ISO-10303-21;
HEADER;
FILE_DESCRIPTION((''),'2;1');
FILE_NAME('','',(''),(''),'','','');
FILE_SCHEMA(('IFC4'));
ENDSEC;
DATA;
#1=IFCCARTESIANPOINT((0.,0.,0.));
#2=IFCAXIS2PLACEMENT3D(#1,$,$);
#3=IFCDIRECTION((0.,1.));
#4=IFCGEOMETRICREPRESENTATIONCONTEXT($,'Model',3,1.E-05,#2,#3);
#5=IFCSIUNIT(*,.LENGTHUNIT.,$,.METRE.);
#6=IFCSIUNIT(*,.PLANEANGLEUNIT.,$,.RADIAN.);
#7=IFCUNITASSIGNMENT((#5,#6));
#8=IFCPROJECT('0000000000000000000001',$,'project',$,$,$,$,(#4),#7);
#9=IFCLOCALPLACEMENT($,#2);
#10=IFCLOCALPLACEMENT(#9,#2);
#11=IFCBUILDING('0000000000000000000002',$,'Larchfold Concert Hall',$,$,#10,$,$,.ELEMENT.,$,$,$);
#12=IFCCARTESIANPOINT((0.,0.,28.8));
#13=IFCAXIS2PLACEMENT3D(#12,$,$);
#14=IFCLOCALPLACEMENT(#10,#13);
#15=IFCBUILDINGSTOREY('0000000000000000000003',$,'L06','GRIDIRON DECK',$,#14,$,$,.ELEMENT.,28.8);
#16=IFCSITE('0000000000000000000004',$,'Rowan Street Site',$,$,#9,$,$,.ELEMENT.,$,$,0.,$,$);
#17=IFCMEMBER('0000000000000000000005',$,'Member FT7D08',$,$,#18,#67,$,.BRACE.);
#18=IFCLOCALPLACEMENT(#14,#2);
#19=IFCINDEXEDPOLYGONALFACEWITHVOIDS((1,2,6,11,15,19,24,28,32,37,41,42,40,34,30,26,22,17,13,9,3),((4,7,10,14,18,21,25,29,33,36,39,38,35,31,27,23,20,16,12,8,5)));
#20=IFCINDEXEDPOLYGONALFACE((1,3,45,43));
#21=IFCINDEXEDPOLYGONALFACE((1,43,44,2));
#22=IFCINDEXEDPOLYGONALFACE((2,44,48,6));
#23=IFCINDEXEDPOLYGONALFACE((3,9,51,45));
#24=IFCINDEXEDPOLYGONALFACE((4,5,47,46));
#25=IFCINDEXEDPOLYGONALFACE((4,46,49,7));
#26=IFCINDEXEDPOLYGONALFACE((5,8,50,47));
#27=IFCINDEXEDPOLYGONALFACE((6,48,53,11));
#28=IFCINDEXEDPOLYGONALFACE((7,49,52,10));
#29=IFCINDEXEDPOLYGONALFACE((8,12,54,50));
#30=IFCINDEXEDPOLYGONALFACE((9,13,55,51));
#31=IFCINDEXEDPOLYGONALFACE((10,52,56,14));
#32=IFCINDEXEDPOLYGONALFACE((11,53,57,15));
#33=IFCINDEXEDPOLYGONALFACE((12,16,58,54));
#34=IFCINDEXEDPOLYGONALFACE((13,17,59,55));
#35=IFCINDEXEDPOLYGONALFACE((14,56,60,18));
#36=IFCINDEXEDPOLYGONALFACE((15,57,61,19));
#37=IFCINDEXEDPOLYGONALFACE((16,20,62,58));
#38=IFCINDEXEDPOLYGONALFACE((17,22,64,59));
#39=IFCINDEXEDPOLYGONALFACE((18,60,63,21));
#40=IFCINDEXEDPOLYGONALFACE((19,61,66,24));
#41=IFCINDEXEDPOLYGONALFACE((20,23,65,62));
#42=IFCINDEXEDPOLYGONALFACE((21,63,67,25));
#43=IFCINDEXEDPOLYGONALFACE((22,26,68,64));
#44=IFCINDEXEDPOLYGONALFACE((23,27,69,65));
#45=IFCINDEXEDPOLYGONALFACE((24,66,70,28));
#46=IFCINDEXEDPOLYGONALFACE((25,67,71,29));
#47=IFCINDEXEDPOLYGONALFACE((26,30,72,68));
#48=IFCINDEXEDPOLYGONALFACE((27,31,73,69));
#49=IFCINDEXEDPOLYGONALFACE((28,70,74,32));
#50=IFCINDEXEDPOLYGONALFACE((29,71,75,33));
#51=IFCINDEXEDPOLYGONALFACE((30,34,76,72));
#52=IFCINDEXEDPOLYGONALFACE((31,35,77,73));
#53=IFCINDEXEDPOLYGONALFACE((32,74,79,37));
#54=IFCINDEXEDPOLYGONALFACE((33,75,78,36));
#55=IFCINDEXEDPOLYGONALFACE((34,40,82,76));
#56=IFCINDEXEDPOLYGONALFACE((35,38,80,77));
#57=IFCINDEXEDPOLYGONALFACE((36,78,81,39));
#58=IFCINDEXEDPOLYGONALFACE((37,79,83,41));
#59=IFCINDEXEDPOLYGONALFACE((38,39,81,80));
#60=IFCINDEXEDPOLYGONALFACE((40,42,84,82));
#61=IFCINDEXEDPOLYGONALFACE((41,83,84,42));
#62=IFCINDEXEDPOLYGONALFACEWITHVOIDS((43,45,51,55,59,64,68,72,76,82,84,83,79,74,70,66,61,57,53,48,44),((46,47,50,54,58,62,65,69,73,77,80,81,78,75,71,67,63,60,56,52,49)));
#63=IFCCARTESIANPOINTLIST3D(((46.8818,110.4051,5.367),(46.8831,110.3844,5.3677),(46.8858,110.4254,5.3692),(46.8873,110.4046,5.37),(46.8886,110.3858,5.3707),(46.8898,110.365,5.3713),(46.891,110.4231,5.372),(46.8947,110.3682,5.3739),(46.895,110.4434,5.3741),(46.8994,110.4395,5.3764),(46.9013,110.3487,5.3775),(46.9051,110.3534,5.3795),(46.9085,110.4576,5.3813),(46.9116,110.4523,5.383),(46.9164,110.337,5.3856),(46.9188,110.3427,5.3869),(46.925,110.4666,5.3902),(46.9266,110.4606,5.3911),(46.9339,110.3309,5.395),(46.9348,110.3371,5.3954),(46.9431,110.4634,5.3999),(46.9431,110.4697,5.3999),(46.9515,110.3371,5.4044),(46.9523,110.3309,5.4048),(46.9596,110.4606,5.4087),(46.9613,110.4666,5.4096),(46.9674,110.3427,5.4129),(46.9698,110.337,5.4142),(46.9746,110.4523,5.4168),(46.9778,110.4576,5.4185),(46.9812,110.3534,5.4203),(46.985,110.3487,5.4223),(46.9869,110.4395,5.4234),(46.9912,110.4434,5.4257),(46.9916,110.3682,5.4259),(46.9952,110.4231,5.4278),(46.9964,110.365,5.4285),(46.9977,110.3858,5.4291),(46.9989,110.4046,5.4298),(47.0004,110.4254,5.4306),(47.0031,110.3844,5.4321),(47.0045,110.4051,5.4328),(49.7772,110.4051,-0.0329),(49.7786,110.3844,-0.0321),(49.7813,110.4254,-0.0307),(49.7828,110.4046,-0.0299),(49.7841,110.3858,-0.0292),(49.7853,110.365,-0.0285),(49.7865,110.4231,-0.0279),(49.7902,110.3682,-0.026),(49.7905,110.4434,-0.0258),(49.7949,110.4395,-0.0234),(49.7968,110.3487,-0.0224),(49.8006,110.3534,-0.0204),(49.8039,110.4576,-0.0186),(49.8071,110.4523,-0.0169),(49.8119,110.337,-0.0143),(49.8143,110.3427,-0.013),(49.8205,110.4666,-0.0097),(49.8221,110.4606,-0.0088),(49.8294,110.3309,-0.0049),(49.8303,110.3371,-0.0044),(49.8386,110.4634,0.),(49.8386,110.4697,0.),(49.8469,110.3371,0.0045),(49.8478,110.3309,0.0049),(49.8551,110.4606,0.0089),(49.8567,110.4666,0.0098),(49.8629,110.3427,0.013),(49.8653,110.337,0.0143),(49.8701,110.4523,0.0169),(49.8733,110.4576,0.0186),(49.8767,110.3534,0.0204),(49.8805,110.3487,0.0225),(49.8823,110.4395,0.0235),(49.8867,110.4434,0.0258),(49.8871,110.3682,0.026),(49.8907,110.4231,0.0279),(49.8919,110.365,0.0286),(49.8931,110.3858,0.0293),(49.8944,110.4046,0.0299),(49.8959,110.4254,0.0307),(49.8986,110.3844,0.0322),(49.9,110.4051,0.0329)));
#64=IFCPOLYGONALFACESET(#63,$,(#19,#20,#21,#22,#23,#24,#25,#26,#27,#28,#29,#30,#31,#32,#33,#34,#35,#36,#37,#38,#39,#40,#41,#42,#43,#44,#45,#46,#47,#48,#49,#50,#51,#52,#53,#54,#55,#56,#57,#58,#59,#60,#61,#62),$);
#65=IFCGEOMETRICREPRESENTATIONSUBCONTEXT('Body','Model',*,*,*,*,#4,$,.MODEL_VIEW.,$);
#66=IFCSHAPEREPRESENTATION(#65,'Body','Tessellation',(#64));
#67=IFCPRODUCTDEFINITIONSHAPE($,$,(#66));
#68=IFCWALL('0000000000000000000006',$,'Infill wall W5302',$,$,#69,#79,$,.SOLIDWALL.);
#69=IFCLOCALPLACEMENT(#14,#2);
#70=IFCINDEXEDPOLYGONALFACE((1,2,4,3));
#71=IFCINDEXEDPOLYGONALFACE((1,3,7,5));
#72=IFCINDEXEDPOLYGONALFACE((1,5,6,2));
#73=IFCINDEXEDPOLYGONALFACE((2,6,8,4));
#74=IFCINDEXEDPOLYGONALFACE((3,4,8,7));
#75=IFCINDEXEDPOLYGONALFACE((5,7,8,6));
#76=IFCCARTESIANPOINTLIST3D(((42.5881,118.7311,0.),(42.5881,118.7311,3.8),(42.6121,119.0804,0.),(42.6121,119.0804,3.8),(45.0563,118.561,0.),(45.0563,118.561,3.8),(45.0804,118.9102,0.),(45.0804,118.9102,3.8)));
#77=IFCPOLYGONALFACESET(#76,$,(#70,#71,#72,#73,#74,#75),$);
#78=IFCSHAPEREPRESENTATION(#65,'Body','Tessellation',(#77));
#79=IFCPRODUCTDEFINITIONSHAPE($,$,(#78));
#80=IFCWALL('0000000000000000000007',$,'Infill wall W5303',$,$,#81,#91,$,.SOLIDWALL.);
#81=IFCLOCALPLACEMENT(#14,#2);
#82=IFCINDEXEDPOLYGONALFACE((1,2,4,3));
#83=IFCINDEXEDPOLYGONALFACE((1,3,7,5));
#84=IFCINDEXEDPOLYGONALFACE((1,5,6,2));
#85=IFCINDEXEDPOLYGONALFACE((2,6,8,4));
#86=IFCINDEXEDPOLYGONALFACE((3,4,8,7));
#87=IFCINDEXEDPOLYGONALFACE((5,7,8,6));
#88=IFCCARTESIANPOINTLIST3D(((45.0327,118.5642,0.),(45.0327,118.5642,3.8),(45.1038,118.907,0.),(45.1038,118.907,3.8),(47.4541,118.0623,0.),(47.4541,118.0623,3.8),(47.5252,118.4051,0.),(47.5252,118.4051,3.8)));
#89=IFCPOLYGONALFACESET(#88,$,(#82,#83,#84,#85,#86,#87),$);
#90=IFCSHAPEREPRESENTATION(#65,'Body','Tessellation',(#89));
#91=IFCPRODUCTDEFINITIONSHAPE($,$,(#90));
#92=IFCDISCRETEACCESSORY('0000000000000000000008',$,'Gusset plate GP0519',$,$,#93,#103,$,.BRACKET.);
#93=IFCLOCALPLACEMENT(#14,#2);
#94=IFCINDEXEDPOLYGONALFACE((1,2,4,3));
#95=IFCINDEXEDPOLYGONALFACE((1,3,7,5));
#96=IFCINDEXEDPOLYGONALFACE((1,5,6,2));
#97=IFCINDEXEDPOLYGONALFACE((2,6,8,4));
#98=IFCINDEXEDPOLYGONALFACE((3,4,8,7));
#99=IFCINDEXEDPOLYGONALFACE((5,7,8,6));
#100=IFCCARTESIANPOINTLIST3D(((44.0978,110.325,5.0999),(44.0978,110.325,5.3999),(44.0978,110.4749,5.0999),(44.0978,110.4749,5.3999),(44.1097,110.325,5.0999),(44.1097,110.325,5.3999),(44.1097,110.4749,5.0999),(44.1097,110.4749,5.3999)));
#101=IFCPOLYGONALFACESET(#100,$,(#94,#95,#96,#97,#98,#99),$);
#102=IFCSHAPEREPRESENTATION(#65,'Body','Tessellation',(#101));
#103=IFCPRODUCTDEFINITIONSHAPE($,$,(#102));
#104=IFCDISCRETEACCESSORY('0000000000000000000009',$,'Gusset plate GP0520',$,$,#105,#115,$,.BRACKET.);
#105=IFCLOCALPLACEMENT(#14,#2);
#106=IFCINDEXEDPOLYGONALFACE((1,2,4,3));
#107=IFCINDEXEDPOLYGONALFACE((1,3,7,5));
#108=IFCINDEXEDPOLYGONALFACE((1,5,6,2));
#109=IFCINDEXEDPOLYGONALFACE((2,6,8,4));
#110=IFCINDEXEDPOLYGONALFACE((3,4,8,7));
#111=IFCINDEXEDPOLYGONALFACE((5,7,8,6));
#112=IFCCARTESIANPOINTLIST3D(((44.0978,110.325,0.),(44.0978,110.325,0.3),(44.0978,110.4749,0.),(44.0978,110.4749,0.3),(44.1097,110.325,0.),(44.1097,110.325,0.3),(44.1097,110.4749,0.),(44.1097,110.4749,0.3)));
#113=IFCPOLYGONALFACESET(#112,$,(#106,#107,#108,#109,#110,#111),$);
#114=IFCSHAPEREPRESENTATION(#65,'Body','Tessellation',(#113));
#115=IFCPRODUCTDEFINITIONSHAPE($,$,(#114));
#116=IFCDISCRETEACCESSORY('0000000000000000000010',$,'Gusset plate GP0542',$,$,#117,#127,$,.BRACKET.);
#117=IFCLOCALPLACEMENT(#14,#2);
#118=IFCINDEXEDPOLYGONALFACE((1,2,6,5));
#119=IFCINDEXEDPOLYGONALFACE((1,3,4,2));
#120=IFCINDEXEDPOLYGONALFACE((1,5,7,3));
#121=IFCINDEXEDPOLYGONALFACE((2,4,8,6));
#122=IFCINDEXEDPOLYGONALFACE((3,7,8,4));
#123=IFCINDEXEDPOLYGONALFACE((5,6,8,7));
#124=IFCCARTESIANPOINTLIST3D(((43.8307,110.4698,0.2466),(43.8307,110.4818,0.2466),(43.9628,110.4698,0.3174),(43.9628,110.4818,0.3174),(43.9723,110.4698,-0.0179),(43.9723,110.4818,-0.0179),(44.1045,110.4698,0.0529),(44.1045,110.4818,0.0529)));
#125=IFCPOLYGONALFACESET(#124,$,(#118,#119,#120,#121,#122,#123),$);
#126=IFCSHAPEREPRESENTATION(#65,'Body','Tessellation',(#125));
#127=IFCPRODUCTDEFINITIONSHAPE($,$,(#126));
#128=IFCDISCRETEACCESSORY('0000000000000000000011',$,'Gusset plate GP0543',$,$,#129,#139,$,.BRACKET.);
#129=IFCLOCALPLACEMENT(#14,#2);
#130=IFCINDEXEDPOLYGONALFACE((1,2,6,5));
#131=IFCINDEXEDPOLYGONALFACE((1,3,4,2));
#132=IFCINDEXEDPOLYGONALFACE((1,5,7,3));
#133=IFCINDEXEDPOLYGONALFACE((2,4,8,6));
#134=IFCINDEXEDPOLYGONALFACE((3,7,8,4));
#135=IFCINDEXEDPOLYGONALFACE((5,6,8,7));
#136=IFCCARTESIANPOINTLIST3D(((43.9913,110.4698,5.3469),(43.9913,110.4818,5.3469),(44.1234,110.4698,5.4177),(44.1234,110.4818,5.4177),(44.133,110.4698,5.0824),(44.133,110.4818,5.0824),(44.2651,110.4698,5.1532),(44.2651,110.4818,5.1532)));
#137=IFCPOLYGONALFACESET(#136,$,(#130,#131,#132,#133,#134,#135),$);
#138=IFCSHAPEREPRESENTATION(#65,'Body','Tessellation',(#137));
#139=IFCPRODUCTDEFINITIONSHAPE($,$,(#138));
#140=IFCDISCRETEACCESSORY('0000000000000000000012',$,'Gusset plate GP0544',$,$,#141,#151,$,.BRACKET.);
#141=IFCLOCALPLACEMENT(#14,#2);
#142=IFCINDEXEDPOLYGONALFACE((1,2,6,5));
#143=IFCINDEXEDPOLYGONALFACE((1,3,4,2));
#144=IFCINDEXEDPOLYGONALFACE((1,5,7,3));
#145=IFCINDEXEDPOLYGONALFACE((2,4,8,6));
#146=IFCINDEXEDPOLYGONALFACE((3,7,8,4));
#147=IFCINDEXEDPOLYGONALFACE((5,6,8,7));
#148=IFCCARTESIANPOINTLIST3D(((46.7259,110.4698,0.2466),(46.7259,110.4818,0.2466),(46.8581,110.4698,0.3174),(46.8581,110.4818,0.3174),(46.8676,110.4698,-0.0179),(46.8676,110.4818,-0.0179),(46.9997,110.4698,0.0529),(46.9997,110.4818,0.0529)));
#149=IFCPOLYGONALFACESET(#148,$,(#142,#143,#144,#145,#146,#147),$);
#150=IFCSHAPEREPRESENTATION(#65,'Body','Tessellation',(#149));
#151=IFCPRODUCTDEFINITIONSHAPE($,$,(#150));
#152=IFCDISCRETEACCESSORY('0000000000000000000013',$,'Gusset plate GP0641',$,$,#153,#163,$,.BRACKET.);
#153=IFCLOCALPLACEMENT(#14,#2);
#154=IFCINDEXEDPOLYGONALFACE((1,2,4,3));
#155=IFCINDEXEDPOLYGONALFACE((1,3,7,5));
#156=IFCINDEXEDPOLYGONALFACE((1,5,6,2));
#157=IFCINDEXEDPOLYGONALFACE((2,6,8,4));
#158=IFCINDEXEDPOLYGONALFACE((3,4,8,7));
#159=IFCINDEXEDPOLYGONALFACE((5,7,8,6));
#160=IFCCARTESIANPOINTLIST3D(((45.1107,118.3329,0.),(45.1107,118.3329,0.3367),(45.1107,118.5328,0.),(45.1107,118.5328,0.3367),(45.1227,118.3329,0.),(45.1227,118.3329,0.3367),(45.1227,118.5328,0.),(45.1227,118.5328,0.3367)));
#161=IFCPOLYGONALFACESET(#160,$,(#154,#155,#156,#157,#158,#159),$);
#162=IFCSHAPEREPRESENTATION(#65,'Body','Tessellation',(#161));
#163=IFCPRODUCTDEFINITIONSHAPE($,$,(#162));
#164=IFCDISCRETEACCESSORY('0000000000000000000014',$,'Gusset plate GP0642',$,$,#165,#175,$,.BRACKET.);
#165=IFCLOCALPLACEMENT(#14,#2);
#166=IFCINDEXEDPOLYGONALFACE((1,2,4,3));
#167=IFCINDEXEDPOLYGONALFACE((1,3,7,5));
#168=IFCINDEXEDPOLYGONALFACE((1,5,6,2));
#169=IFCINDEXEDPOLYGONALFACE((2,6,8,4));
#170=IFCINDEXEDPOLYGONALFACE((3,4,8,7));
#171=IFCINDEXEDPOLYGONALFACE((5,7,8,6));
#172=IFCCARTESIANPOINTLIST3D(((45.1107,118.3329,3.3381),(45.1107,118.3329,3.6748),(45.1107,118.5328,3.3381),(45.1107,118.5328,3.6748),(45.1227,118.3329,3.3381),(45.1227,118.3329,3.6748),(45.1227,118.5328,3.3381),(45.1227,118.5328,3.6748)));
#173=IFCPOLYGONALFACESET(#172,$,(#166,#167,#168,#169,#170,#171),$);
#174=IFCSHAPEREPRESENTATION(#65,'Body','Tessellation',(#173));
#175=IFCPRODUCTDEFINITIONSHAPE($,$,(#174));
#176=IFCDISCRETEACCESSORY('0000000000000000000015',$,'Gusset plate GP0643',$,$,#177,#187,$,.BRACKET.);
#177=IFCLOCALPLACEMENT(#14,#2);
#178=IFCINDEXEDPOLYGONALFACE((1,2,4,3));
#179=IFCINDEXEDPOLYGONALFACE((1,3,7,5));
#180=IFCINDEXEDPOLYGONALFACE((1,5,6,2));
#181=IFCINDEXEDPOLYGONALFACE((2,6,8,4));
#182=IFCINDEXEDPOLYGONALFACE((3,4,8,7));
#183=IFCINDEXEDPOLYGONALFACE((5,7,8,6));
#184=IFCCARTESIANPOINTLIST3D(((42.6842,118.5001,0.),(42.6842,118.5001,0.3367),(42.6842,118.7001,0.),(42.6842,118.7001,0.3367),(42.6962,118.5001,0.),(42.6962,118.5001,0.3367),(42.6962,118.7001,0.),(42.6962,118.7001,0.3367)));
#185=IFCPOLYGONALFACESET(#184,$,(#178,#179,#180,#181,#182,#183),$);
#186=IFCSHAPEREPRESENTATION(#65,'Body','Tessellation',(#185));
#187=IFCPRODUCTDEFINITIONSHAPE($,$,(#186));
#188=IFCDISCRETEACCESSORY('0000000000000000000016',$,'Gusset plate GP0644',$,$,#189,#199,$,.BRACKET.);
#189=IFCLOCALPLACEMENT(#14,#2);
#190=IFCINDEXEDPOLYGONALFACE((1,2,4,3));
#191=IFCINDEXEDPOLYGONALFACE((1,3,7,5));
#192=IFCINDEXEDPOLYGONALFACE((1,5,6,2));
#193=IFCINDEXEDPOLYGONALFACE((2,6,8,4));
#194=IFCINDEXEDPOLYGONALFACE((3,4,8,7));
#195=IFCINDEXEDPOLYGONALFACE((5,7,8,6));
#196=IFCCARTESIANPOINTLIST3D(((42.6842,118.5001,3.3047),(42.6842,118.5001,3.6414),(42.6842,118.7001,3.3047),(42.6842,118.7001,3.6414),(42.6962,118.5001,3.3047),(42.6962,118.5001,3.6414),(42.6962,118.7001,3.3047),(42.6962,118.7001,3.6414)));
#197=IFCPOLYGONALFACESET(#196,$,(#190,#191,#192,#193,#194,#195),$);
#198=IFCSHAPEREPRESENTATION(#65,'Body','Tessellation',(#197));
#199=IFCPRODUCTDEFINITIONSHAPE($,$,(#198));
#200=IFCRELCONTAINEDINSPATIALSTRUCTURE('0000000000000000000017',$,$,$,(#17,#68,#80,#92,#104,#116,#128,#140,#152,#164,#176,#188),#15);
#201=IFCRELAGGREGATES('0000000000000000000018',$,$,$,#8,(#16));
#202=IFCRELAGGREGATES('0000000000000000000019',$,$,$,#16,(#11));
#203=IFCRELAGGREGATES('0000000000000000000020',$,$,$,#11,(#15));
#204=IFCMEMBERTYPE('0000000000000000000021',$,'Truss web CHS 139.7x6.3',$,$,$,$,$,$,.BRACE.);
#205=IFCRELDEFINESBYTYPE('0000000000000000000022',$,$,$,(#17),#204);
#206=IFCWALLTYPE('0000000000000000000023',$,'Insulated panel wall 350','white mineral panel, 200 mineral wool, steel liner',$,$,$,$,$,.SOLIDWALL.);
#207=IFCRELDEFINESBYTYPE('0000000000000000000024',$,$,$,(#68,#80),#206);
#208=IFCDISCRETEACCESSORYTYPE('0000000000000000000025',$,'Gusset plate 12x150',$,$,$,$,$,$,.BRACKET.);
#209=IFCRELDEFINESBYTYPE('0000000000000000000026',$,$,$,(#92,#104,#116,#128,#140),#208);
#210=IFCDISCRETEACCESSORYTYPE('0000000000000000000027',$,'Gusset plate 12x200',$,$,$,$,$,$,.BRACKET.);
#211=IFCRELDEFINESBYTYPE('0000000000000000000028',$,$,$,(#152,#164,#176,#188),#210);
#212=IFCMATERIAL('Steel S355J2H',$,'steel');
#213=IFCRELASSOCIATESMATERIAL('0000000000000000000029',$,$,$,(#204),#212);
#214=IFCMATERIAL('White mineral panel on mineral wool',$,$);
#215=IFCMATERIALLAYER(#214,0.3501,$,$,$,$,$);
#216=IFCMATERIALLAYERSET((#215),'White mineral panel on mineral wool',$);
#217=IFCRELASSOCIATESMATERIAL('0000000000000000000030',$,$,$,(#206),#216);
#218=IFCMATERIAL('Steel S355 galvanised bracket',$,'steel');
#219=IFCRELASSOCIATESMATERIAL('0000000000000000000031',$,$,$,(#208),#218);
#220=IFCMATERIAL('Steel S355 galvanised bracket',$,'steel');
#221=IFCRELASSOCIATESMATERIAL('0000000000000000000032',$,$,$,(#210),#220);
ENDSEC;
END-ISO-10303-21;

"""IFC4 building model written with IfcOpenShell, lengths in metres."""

from ifc_helpers import new_model, si_unit, direction, frame, frame_2d, origin, origin_2d, place, context, subcontext, project, spatial, rectangle, hollow_circle, extrude, material, layer, layer_set, material_profile, profile_set, type_object, element, save


model = new_model("IFC4")

# Units and contexts
model_context = context("Model", 3, precision=1e-05, world=origin(), true_north=direction((0.0, 1.0)))
body_context = subcontext(model_context, "Body", "Model", "MODEL_VIEW")
ifc_project = project(units=[si_unit("LENGTHUNIT", "METRE"), si_unit("PLANEANGLEUNIT", "RADIAN")], contexts=[model_context])

# Site, building, storey
site_placement = place(None, origin())
site = spatial("IfcSite", under=ifc_project, at=site_placement, Name="Rowan Street Site", CompositionType="ELEMENT", RefElevation=0.0)
building_placement = place(site_placement, origin())
building = spatial("IfcBuilding", under=site, at=building_placement, Name="Larchfold Concert Hall", CompositionType="ELEMENT")
storey_placement = place(building_placement, frame((0.0, 0.0, 28.8)))
storey = spatial("IfcBuildingStorey", under=building, at=storey_placement, Name="L06", Description="GRIDIRON DECK", CompositionType="ELEMENT", Elevation=28.8)

# Member
ifc_material_1 = material(Name="Steel S355J2H", Category="steel")
ifc_material_profile_1 = material_profile(ifc_material_1, hollow_circle(Radius=0.0698, WallThickness=0.0063, at=origin_2d()))
ifc_profile_set_1 = profile_set([ifc_material_profile_1], Name="Steel S355J2H")
member_type_1 = type_object("IfcMemberType", Name="Truss web CHS 139.7x6.3", PredefinedType="BRACE", material=ifc_profile_set_1)
for number, where, z_axis, x_axis, name in (
    (1, (46.9431, 110.3999, 5.3999), (0.472564, 0.0, -0.881296), (0.0, 1.0, 0.0), "Member FT7D08"),
):
    element("IfcMember", number, at=place(storey_placement, frame(where, z_axis=z_axis, x_axis=x_axis)), inside=storey, type_object=member_type_1, Name=name, PredefinedType="BRACE", context=body_context, shape_type="SweptSolid", body=[
        extrude(hollow_circle(Radius=0.0698, WallThickness=0.0063, at=origin_2d()), origin(), (0.0, 0.0, 1.0), 6.1272),
    ])

# Walls
ifc_material_2 = material(Name="White mineral panel on mineral wool")
ifc_layer = layer(ifc_material_2, 0.3501)
ifc_layer_set = layer_set([ifc_layer], Name="White mineral panel on mineral wool")
wall_type = type_object("IfcWallType", Name="Insulated panel wall 350", Description="white mineral panel, 200 mineral wool, steel liner", PredefinedType="SOLIDWALL", material=ifc_layer_set)
wall_1_placement = place(storey_placement, frame((42.6001, 118.9058, 0.0), z_axis=(0.0, 0.0, 1.0), x_axis=(0.997632, -0.068778, 0.0)))
element("IfcWall", 2, at=wall_1_placement, inside=storey, type_object=wall_type, Name="Infill wall W5302", PredefinedType="SOLIDWALL", context=body_context, shape_type="SweptSolid", body=[
    extrude(rectangle(XDim=2.4741, YDim=0.3501, at=frame_2d((1.2371, 0.0))), origin(), (0.0, 0.0, 1.0), 3.8),
])
wall_2_placement = place(storey_placement, frame((45.0684, 118.7356, 0.0), z_axis=(0.0, 0.0, 1.0), x_axis=(0.979182, -0.202984, 0.0)))
element("IfcWall", 3, at=wall_2_placement, inside=storey, type_object=wall_type, Name="Infill wall W5303", PredefinedType="SOLIDWALL", context=body_context, shape_type="SweptSolid", body=[
    extrude(rectangle(XDim=2.4729, YDim=0.3501, at=frame_2d((1.2363, 0.0))), origin(), (0.0, 0.0, 1.0), 3.8),
])

# Discrete accessories
ifc_material_3 = material(Name="Steel S355 galvanised bracket", Category="steel")
ifc_material_profile_2 = material_profile(ifc_material_3, rectangle(XDim=0.012, YDim=0.1499, at=origin_2d()))
ifc_profile_set_2 = profile_set([ifc_material_profile_2], Name="Steel S355 galvanised bracket")
discrete_accessory_type_1 = type_object("IfcDiscreteAccessoryType", Name="Gusset plate 12x150", PredefinedType="BRACKET", material=ifc_profile_set_2)
for number, where, z_axis, x_axis, name in (
    (4, (44.1038, 110.3999, 5.3999), (0.0, 0.0, -1.0), (1.0, 0.0, 0.0), "Gusset plate GP0519"),
    (5, (44.1038, 110.3999, 0.3), (0.0, 0.0, -1.0), (1.0, 0.0, 0.0), "Gusset plate GP0520"),
    (6, (43.8967, 110.4758, 0.282), (0.472108, 0.0, -0.88154), (0.0, 1.0, 0.0), "Gusset plate GP0542"),
    (7, (44.0574, 110.4758, 5.3823), (0.472108, 0.0, -0.88154), (0.0, 1.0, 0.0), "Gusset plate GP0543"),
    (8, (46.792, 110.4758, 0.282), (0.472108, 0.0, -0.88154), (0.0, 1.0, 0.0), "Gusset plate GP0544"),
):
    element("IfcDiscreteAccessory", number, at=place(storey_placement, frame(where, z_axis=z_axis, x_axis=x_axis)), inside=storey, type_object=discrete_accessory_type_1, Name=name, PredefinedType="BRACKET", context=body_context, shape_type="SweptSolid", body=[
        extrude(rectangle(XDim=0.012, YDim=0.1499, at=origin_2d()), origin(), (0.0, 0.0, 1.0), 0.3),
    ])
ifc_material_4 = material(Name="Steel S355 galvanised bracket", Category="steel")
ifc_material_profile_3 = material_profile(ifc_material_4, rectangle(XDim=0.012, YDim=0.2, at=origin_2d()))
ifc_profile_set_3 = profile_set([ifc_material_profile_3], Name="Steel S355 galvanised bracket")
discrete_accessory_type_2 = type_object("IfcDiscreteAccessoryType", Name="Gusset plate 12x200", PredefinedType="BRACKET", material=ifc_profile_set_3)
for number, where, z_axis, x_axis, name in (
    (9, (45.1167, 118.4329, 0.0), (0.0, 0.0, 1.0), (1.0, 0.0, 0.0), "Gusset plate GP0641"),
    (10, (45.1167, 118.4329, 3.3381), (0.0, 0.0, 1.0), (1.0, 0.0, 0.0), "Gusset plate GP0642"),
    (11, (42.6902, 118.6001, 0.0), (0.0, 0.0, 1.0), (1.0, 0.0, 0.0), "Gusset plate GP0643"),
    (12, (42.6902, 118.6001, 3.3047), (0.0, 0.0, 1.0), (1.0, 0.0, 0.0), "Gusset plate GP0644"),
):
    element("IfcDiscreteAccessory", number, at=place(storey_placement, frame(where, z_axis=z_axis, x_axis=x_axis)), inside=storey, type_object=discrete_accessory_type_2, Name=name, PredefinedType="BRACKET", context=body_context, shape_type="SweptSolid", body=[
        extrude(rectangle(XDim=0.012, YDim=0.2, at=origin_2d()), origin(), (0.0, 0.0, 1.0), 0.3367),
    ])

save(model, "model.ifc")
